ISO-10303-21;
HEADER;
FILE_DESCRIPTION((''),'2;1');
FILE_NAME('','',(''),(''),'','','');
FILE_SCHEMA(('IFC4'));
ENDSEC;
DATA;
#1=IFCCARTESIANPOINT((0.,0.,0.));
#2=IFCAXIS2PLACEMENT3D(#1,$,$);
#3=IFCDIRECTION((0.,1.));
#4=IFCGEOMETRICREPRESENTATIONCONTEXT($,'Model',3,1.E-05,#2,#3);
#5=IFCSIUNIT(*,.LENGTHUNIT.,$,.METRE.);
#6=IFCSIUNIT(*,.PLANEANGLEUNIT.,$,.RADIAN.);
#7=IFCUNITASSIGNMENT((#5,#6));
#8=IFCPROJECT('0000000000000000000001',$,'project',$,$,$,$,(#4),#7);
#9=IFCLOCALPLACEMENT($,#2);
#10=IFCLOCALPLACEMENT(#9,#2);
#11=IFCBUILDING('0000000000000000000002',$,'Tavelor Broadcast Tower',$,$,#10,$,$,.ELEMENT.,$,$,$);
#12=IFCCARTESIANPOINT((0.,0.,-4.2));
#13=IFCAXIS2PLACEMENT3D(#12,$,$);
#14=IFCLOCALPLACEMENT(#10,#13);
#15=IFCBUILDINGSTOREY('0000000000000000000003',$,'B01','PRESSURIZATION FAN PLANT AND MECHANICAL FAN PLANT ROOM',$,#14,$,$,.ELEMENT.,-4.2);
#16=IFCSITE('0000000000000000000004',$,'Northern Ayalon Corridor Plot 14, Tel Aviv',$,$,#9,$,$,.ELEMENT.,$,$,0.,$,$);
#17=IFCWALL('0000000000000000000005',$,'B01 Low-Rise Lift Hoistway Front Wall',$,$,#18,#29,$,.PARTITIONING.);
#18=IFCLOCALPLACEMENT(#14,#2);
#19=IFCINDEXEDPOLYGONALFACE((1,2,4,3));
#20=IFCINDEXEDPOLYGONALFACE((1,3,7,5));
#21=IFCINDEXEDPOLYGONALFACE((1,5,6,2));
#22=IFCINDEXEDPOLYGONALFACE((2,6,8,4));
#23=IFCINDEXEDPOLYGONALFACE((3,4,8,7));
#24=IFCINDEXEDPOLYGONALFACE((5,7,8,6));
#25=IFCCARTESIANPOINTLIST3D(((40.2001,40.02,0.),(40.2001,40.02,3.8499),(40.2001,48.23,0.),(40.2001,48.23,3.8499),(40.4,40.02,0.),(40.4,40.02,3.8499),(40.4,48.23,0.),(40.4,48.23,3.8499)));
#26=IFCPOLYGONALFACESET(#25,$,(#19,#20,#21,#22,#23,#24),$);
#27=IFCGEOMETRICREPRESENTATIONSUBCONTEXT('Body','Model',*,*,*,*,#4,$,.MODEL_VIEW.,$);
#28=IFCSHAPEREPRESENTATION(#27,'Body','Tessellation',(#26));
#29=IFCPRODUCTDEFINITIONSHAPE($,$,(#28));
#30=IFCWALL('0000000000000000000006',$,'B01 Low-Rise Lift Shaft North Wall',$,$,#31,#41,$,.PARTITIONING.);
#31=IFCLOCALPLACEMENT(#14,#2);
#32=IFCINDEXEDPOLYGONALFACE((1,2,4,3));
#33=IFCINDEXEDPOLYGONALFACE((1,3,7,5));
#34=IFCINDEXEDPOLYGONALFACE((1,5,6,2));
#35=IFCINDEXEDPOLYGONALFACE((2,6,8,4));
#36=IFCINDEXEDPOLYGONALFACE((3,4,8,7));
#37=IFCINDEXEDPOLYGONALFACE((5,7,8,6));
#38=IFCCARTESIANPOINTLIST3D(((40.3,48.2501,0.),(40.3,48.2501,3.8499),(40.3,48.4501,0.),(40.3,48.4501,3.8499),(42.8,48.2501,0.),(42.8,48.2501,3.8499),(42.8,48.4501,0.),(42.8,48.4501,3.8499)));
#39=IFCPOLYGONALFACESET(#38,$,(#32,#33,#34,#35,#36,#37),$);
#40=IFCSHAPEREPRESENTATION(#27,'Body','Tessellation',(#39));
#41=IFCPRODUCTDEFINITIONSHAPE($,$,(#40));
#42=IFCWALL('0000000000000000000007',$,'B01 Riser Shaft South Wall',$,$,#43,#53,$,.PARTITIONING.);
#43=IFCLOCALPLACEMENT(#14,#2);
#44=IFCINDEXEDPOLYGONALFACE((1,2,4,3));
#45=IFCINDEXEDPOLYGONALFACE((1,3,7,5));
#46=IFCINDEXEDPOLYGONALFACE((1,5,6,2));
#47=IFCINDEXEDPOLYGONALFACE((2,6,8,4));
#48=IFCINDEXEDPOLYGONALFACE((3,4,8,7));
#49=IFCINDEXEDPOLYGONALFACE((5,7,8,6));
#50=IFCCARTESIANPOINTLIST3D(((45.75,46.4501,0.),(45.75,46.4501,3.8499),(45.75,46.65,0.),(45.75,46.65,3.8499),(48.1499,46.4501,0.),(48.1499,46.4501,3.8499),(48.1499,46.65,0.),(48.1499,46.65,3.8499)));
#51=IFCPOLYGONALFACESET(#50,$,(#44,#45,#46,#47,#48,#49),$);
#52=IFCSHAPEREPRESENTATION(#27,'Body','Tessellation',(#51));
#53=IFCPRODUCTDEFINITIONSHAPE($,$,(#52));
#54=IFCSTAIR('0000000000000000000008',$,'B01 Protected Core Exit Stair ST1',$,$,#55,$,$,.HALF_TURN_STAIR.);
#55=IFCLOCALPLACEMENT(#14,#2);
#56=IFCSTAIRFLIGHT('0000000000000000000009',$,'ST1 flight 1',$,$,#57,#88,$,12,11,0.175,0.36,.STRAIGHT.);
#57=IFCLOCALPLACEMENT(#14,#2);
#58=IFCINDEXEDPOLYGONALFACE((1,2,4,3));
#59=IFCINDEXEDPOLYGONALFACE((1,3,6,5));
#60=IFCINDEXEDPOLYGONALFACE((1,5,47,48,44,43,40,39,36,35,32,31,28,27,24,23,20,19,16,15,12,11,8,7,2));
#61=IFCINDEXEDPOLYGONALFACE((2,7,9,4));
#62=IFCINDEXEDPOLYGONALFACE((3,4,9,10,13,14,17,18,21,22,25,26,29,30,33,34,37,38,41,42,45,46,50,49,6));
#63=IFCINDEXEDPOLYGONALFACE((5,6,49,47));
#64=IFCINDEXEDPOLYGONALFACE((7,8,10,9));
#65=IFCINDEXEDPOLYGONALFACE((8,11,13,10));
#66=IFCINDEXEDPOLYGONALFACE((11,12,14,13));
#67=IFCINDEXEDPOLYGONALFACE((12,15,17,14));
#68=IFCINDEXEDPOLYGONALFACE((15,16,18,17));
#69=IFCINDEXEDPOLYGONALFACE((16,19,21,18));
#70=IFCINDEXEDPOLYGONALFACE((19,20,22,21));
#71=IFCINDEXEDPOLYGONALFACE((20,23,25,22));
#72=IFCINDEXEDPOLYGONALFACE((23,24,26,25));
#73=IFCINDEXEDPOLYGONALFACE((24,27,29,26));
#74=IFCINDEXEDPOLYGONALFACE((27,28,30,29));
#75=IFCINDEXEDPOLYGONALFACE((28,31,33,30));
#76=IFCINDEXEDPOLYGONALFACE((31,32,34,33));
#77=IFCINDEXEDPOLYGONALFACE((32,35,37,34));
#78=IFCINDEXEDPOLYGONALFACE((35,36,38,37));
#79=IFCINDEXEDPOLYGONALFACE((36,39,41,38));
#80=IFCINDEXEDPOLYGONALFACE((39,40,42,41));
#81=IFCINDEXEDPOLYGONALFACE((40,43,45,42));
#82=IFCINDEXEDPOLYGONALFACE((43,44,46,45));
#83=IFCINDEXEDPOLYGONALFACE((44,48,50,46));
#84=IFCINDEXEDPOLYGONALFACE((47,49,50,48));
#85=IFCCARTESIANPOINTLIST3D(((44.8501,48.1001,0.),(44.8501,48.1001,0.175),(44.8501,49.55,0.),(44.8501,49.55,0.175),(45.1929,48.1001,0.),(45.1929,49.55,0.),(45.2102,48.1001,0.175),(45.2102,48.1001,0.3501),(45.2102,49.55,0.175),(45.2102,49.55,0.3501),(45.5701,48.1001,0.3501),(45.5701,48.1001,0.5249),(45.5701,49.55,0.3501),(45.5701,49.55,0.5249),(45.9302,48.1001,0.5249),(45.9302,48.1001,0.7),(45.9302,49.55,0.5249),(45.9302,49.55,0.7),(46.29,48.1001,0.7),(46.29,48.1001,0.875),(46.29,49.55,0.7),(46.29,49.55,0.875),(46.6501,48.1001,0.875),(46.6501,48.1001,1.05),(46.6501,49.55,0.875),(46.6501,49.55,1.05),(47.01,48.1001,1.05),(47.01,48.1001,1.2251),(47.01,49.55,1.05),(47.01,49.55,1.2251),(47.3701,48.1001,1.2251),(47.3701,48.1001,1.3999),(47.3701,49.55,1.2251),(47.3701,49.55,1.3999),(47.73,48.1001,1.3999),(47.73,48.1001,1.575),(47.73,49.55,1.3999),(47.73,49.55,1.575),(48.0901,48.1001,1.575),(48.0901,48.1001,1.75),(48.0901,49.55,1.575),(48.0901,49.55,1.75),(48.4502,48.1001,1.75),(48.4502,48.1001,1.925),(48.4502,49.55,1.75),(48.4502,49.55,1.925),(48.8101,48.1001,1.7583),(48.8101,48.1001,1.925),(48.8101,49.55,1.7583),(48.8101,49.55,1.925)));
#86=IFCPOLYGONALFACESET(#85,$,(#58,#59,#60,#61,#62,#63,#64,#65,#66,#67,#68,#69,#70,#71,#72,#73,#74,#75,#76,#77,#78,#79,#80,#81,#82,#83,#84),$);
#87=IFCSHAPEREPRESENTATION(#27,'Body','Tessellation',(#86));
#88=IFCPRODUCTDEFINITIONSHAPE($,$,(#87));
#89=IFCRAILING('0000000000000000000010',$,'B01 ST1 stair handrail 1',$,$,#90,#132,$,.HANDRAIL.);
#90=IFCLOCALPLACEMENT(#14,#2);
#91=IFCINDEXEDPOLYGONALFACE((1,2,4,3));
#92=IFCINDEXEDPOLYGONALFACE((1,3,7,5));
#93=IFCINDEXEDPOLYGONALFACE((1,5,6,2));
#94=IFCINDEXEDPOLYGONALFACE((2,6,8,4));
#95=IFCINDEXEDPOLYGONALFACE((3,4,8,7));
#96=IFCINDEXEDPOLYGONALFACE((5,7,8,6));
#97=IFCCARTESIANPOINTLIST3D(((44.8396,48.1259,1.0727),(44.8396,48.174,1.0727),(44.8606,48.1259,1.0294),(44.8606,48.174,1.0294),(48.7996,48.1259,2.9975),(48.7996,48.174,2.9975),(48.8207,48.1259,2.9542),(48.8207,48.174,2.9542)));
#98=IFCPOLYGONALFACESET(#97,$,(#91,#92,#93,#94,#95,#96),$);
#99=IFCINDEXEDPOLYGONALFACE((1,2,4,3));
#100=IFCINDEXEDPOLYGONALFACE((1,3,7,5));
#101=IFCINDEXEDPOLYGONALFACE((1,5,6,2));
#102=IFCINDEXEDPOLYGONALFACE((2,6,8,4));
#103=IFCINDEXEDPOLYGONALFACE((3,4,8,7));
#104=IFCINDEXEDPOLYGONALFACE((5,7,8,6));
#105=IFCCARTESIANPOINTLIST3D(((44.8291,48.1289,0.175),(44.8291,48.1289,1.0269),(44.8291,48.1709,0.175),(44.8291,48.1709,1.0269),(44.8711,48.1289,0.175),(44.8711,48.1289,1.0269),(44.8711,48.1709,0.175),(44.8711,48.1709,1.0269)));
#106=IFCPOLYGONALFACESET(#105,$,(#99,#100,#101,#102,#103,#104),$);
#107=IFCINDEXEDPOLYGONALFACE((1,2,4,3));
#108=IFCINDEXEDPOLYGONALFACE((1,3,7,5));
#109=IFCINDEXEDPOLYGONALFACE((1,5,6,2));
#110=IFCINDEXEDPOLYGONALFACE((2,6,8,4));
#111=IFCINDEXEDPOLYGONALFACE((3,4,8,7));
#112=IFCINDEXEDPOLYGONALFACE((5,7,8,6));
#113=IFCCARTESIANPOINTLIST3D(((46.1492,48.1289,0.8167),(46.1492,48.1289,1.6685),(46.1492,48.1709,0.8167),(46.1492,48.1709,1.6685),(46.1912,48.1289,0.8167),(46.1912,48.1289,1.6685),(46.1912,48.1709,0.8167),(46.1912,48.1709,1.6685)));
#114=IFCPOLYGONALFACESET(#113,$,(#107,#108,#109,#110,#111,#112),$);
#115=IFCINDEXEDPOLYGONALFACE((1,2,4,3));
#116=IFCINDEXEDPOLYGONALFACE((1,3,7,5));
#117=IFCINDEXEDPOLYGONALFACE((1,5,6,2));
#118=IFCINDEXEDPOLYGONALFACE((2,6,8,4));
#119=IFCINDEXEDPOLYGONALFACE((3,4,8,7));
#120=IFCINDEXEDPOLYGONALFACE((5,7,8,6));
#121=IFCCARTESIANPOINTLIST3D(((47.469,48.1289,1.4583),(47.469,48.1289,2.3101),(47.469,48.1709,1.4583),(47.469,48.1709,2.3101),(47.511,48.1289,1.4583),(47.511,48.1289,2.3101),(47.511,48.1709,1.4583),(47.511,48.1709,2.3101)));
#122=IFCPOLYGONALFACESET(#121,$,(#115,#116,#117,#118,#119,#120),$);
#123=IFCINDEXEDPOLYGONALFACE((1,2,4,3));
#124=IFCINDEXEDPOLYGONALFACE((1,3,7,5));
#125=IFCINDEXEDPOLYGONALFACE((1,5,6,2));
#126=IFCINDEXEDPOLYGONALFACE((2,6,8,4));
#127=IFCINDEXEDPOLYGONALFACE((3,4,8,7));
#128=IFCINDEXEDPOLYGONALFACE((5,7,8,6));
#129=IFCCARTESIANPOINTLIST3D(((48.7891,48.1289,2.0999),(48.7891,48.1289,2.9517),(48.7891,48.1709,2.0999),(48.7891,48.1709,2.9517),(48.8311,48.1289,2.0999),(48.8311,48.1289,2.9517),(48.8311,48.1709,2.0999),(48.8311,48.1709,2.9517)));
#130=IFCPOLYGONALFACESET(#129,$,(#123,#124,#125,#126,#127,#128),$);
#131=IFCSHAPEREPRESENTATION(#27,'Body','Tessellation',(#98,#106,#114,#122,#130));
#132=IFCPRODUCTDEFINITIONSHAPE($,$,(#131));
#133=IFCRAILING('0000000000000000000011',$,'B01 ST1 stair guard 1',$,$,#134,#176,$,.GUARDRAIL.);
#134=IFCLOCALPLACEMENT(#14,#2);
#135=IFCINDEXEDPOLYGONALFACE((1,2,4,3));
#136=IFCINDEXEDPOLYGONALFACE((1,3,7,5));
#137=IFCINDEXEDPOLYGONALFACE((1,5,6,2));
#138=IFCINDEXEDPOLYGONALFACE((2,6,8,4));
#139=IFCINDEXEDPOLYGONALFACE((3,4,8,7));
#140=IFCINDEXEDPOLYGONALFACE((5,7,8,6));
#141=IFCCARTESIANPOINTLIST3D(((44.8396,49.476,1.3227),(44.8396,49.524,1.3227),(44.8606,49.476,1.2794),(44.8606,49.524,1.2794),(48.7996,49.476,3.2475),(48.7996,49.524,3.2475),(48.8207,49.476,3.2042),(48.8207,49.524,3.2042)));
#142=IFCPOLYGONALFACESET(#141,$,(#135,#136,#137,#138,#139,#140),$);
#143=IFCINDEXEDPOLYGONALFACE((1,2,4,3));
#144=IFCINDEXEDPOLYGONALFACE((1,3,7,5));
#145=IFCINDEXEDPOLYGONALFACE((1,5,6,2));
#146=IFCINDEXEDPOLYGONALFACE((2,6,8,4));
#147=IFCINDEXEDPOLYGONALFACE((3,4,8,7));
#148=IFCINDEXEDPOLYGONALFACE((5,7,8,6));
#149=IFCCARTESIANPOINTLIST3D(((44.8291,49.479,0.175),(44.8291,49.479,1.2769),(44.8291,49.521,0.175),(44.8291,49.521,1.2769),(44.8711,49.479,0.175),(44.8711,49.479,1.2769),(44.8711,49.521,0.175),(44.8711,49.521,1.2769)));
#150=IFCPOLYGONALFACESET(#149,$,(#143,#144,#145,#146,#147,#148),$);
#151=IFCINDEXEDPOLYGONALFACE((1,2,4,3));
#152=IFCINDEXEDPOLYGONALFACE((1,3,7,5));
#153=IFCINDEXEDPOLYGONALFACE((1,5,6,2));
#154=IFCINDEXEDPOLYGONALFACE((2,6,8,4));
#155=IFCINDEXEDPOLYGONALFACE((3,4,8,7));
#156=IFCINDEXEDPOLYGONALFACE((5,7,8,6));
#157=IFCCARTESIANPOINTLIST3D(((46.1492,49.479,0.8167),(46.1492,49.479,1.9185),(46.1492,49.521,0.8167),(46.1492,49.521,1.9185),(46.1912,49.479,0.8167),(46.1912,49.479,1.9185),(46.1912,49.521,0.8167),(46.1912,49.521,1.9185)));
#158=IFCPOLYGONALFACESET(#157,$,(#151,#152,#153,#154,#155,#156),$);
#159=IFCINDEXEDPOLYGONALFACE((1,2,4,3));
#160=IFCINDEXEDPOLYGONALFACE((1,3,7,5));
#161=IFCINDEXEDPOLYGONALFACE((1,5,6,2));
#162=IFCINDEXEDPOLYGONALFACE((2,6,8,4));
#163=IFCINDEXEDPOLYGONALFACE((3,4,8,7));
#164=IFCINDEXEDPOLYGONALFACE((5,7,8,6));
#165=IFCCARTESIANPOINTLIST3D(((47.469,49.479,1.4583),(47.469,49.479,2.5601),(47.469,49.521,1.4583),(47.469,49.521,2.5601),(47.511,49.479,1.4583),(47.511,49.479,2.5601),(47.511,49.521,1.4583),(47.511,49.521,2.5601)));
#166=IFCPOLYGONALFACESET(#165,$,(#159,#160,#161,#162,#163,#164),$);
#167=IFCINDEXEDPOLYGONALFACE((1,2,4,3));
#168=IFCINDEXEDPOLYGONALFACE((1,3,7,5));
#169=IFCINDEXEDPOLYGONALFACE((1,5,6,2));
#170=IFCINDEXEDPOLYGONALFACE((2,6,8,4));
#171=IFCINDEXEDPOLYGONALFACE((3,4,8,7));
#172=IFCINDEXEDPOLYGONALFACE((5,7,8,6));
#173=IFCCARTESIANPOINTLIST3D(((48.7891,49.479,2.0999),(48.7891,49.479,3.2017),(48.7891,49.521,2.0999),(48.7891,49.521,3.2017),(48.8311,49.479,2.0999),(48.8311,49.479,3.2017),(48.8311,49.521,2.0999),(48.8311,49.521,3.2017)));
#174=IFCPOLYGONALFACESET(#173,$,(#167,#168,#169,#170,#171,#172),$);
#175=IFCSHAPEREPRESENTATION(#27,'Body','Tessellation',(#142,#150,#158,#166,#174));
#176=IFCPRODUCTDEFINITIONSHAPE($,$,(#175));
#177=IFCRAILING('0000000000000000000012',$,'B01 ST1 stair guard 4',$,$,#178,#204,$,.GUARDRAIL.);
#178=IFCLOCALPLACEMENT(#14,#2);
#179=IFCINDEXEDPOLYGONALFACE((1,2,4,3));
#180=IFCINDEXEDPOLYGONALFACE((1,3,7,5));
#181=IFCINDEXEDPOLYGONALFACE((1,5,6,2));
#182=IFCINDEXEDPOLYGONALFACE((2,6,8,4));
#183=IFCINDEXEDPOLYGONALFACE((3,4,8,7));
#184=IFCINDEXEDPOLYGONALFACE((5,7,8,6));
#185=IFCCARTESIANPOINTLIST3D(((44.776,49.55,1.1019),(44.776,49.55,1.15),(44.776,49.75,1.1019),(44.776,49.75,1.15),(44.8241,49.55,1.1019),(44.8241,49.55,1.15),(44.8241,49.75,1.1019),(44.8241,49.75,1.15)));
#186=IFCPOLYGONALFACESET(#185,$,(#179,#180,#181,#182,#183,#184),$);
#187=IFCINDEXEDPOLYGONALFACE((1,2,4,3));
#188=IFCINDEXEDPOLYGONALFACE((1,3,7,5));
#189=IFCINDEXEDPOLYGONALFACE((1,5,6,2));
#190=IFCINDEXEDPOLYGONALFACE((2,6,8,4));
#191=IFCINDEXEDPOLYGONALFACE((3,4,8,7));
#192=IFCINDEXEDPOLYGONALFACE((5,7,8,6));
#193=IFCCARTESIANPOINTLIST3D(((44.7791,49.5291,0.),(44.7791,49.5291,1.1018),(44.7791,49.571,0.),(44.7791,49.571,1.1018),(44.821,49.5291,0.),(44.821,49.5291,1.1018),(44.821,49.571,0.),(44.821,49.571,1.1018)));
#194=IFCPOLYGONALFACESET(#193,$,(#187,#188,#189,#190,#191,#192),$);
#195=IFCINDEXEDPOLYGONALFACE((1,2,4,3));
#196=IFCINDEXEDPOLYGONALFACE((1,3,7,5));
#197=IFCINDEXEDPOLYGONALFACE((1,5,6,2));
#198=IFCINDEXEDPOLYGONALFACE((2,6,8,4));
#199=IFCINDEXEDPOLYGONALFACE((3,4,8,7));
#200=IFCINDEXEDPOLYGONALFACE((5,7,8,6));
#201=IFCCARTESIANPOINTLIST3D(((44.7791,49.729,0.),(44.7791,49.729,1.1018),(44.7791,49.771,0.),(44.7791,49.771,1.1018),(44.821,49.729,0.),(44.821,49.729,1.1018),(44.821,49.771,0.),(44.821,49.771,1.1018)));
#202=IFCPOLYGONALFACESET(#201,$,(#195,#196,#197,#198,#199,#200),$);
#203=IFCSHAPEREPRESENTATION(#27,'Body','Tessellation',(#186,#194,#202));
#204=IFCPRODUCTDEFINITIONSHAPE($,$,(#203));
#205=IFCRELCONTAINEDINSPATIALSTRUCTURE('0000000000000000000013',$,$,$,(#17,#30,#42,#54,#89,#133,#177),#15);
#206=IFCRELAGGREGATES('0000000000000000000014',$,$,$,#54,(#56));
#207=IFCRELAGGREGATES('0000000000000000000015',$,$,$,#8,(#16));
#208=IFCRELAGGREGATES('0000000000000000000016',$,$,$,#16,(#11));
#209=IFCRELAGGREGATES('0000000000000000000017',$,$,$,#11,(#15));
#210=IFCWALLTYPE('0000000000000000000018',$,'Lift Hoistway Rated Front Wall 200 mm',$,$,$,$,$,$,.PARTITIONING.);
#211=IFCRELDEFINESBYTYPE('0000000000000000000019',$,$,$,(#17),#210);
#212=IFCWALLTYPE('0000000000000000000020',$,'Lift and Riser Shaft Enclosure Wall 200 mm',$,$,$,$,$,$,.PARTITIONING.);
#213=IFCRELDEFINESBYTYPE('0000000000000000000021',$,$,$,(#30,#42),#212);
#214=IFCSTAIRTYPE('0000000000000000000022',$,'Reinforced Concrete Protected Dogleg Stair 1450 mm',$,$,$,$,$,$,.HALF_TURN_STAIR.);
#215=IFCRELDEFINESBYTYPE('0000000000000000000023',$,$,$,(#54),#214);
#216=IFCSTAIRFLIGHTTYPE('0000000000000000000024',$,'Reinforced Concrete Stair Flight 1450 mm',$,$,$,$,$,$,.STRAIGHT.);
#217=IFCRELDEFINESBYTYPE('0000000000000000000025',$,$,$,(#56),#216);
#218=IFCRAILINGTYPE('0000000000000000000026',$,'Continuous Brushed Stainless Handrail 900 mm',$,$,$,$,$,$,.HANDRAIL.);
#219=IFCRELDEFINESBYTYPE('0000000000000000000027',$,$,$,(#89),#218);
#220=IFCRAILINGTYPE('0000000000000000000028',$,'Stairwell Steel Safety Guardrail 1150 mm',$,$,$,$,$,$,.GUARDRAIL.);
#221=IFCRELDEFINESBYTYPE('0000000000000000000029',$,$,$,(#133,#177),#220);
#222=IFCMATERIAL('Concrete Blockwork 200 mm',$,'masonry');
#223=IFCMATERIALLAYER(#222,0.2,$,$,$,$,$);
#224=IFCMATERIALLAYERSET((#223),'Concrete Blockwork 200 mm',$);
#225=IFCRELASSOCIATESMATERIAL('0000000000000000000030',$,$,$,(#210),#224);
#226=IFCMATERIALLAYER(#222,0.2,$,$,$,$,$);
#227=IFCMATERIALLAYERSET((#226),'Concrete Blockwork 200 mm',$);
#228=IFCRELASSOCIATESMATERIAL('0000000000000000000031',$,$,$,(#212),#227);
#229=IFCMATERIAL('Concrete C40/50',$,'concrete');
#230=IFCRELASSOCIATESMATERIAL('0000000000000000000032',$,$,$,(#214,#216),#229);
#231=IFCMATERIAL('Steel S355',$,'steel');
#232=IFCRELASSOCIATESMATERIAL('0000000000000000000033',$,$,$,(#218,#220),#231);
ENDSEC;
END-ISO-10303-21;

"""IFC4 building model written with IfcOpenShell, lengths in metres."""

from ifc_helpers import new_model, si_unit, direction, frame, frame_2d, origin, origin_2d, place, context, subcontext, project, spatial, polyline, rectangle, outline, extrude, material, layer, layer_set, type_object, element, aggregate, save


model = new_model("IFC4")

# Units and contexts
model_context = context("Model", 3, precision=1e-05, world=origin(), true_north=direction((0.0, 1.0)))
body_context = subcontext(model_context, "Body", "Model", "MODEL_VIEW")
ifc_project = project(units=[si_unit("LENGTHUNIT", "METRE"), si_unit("PLANEANGLEUNIT", "RADIAN")], contexts=[model_context])

# Site, building, storey
site_placement = place(None, origin())
site = spatial("IfcSite", under=ifc_project, at=site_placement, Name="Northern Ayalon Corridor Plot 14, Tel Aviv", CompositionType="ELEMENT", RefElevation=0.0)
building_placement = place(site_placement, origin())
building = spatial("IfcBuilding", under=site, at=building_placement, Name="Tavelor Broadcast Tower", CompositionType="ELEMENT")
storey_placement = place(building_placement, frame((0.0, 0.0, -4.2)))
storey = spatial("IfcBuildingStorey", under=building, at=storey_placement, Name="B01", Description="PRESSURIZATION FAN PLANT AND MECHANICAL FAN PLANT ROOM", CompositionType="ELEMENT", Elevation=-4.2)

# Shared definitions
ifc_material_1 = material(Name="Concrete C40/50", Category="concrete")

# Shared definitions
ifc_material_2 = material(Name="Steel S355", Category="steel")

# Walls
ifc_material_3 = material(Name="Concrete Blockwork 200 mm", Category="masonry")
ifc_layer_1 = layer(ifc_material_3, 0.2)
ifc_layer_set_1 = layer_set([ifc_layer_1], Name="Concrete Blockwork 200 mm")
wall_type_1 = type_object("IfcWallType", Name="Lift Hoistway Rated Front Wall 200 mm", PredefinedType="PARTITIONING", material=ifc_layer_set_1)
wall_1_placement = place(storey_placement, frame((40.3, 40.02, 0.0), z_axis=(0.0, 0.0, 1.0), x_axis=(0.0, 1.0, 0.0)))
element("IfcWall", 1, at=wall_1_placement, inside=storey, type_object=wall_type_1, Name="B01 Low-Rise Lift Hoistway Front Wall", PredefinedType="PARTITIONING", context=body_context, shape_type="SweptSolid", body=[
    extrude(rectangle(XDim=8.21, YDim=0.2, at=frame_2d((4.105, 0.0))), origin(), (0.0, 0.0, 1.0), 3.8499),
])
ifc_layer_2 = layer(ifc_material_3, 0.2)
ifc_layer_set_2 = layer_set([ifc_layer_2], Name="Concrete Blockwork 200 mm")
wall_type_2 = type_object("IfcWallType", Name="Lift and Riser Shaft Enclosure Wall 200 mm", PredefinedType="PARTITIONING", material=ifc_layer_set_2)
wall_2_placement = place(storey_placement, frame((40.3, 48.3501, 0.0), z_axis=(0.0, 0.0, 1.0), x_axis=(1.0, 0.0, 0.0)))
element("IfcWall", 2, at=wall_2_placement, inside=storey, type_object=wall_type_2, Name="B01 Low-Rise Lift Shaft North Wall", PredefinedType="PARTITIONING", context=body_context, shape_type="SweptSolid", body=[
    extrude(rectangle(XDim=2.5, YDim=0.2, at=frame_2d((1.25, 0.0))), origin(), (0.0, 0.0, 1.0), 3.8499),
])
wall_3_placement = place(storey_placement, frame((45.75, 46.55, 0.0), z_axis=(0.0, 0.0, 1.0), x_axis=(1.0, 0.0, 0.0)))
element("IfcWall", 3, at=wall_3_placement, inside=storey, type_object=wall_type_2, Name="B01 Riser Shaft South Wall", PredefinedType="PARTITIONING", context=body_context, shape_type="SweptSolid", body=[
    extrude(rectangle(XDim=2.3999, YDim=0.2, at=frame_2d((1.2, 0.0))), origin(), (0.0, 0.0, 1.0), 3.8499),
])

# Stair, stair flight
stair_type = type_object("IfcStairType", Name="Reinforced Concrete Protected Dogleg Stair 1450 mm", PredefinedType="HALF_TURN_STAIR", material=ifc_material_1)
stair_placement = place(storey_placement, origin())
stair = element("IfcStair", 4, at=stair_placement, inside=storey, type_object=stair_type, Name="B01 Protected Core Exit Stair ST1", PredefinedType="HALF_TURN_STAIR")
stair_flight_type = type_object("IfcStairFlightType", Name="Reinforced Concrete Stair Flight 1450 mm", PredefinedType="STRAIGHT", material=ifc_material_1)
stair_flight_placement = place(storey_placement, frame((44.8501, 48.825, 0.0), z_axis=(0.0, 0.0, 1.0), x_axis=(1.0, 0.0, 0.0)))
stair_flight = element("IfcStairFlight", 5, at=stair_flight_placement, type_object=stair_flight_type, Name="ST1 flight 1", NumberOfRisers=12, NumberOfTreads=11, PredefinedType="STRAIGHT", RiserHeight=0.175, TreadLength=0.36, context=body_context, shape_type="SweptSolid", body=[
    extrude(outline(polyline([(0.0, 0.0), (0.0, 0.175), (0.3601, 0.175), (0.3601, 0.3501), (0.72, 0.3501), (0.72, 0.5249), (1.0801, 0.5249), (1.0801, 0.7), (1.4399, 0.7), (1.4399, 0.875), (1.8, 0.875), (1.8, 1.05), (2.1599, 1.05), (2.1599, 1.2251), (2.52, 1.2251), (2.52, 1.3999), (2.8799, 1.3999), (2.8799, 1.575), (3.24, 1.575), (3.24, 1.75), (3.6001, 1.75), (3.6001, 1.925), (3.96, 1.925), (3.96, 2.1001), (3.96, 1.7583), (0.3428, 0.0), (0.0, 0.0)])), frame((0.0, 0.7251, 0.0), z_axis=(0.0, -1.0, 0.0), x_axis=(1.0, 0.0, 0.0)), (0.0, 0.0, 1.0), 1.45),
])
aggregate(stair, [stair_flight])

# Railings
railing_type_1 = type_object("IfcRailingType", Name="Continuous Brushed Stainless Handrail 900 mm", PredefinedType="HANDRAIL", material=ifc_material_2)
railing_1_placement = place(storey_placement, frame((44.8501, 48.1499, 0.175)))
element("IfcRailing", 6, at=railing_1_placement, inside=storey, type_object=railing_type_1, Name="B01 ST1 stair handrail 1", PredefinedType="HANDRAIL", context=body_context, shape_type="SweptSolid", body=[
    extrude(rectangle(XDim=0.0481, YDim=0.0481, at=origin_2d()), frame((0.0, 0.0, 0.876), z_axis=(0.899384, 0.0, 0.43716), x_axis=(0.0, 1.0, 0.0)), (0.0, 0.0, 1.0), 4.4031),
    extrude(rectangle(XDim=0.042, YDim=0.042, at=origin_2d()), origin(), (0.0, 0.0, 1.0), 0.8518),
    extrude(rectangle(XDim=0.042, YDim=0.042, at=origin_2d()), frame((1.3201, 0.0, 0.6416)), (0.0, 0.0, 1.0), 0.8518),
    extrude(rectangle(XDim=0.042, YDim=0.042, at=origin_2d()), frame((2.6399, 0.0, 1.2832)), (0.0, 0.0, 1.0), 0.8518),
    extrude(rectangle(XDim=0.042, YDim=0.042, at=origin_2d()), frame((3.96, 0.0, 1.9248)), (0.0, 0.0, 1.0), 0.8518),
])
railing_type_2 = type_object("IfcRailingType", Name="Stairwell Steel Safety Guardrail 1150 mm", PredefinedType="GUARDRAIL", material=ifc_material_2)
railing_2_placement = place(storey_placement, frame((44.8501, 49.5, 0.175)))
element("IfcRailing", 7, at=railing_2_placement, inside=storey, type_object=railing_type_2, Name="B01 ST1 stair guard 1", PredefinedType="GUARDRAIL", context=body_context, shape_type="SweptSolid", body=[
    extrude(rectangle(XDim=0.0481, YDim=0.0481, at=origin_2d()), frame((0.0, 0.0, 1.126), z_axis=(0.899384, 0.0, 0.43716), x_axis=(0.0, 1.0, 0.0)), (0.0, 0.0, 1.0), 4.4031),
    extrude(rectangle(XDim=0.042, YDim=0.042, at=origin_2d()), origin(), (0.0, 0.0, 1.0), 1.1018),
    extrude(rectangle(XDim=0.042, YDim=0.042, at=origin_2d()), frame((1.3201, 0.0, 0.6416)), (0.0, 0.0, 1.0), 1.1018),
    extrude(rectangle(XDim=0.042, YDim=0.042, at=origin_2d()), frame((2.6399, 0.0, 1.2832)), (0.0, 0.0, 1.0), 1.1018),
    extrude(rectangle(XDim=0.042, YDim=0.042, at=origin_2d()), frame((3.96, 0.0, 1.9248)), (0.0, 0.0, 1.0), 1.1018),
])
railing_3_placement = place(storey_placement, frame((44.8, 49.55, 0.0)))
element("IfcRailing", 8, at=railing_3_placement, inside=storey, type_object=railing_type_2, Name="B01 ST1 stair guard 4", PredefinedType="GUARDRAIL", context=body_context, shape_type="SweptSolid", body=[
    extrude(rectangle(XDim=0.0481, YDim=0.0481, at=origin_2d()), frame((0.0, 0.0, 1.126), z_axis=(0.0, 1.0, 0.0), x_axis=(-1.0, 0.0, 0.0)), (0.0, 0.0, 1.0), 0.2),
    extrude(rectangle(XDim=0.042, YDim=0.042, at=origin_2d()), origin(), (0.0, 0.0, 1.0), 1.1018),
    extrude(rectangle(XDim=0.042, YDim=0.042, at=origin_2d()), frame((0.0, 0.2, 0.0)), (0.0, 0.0, 1.0), 1.1018),
])

save(model, "model.ifc")
